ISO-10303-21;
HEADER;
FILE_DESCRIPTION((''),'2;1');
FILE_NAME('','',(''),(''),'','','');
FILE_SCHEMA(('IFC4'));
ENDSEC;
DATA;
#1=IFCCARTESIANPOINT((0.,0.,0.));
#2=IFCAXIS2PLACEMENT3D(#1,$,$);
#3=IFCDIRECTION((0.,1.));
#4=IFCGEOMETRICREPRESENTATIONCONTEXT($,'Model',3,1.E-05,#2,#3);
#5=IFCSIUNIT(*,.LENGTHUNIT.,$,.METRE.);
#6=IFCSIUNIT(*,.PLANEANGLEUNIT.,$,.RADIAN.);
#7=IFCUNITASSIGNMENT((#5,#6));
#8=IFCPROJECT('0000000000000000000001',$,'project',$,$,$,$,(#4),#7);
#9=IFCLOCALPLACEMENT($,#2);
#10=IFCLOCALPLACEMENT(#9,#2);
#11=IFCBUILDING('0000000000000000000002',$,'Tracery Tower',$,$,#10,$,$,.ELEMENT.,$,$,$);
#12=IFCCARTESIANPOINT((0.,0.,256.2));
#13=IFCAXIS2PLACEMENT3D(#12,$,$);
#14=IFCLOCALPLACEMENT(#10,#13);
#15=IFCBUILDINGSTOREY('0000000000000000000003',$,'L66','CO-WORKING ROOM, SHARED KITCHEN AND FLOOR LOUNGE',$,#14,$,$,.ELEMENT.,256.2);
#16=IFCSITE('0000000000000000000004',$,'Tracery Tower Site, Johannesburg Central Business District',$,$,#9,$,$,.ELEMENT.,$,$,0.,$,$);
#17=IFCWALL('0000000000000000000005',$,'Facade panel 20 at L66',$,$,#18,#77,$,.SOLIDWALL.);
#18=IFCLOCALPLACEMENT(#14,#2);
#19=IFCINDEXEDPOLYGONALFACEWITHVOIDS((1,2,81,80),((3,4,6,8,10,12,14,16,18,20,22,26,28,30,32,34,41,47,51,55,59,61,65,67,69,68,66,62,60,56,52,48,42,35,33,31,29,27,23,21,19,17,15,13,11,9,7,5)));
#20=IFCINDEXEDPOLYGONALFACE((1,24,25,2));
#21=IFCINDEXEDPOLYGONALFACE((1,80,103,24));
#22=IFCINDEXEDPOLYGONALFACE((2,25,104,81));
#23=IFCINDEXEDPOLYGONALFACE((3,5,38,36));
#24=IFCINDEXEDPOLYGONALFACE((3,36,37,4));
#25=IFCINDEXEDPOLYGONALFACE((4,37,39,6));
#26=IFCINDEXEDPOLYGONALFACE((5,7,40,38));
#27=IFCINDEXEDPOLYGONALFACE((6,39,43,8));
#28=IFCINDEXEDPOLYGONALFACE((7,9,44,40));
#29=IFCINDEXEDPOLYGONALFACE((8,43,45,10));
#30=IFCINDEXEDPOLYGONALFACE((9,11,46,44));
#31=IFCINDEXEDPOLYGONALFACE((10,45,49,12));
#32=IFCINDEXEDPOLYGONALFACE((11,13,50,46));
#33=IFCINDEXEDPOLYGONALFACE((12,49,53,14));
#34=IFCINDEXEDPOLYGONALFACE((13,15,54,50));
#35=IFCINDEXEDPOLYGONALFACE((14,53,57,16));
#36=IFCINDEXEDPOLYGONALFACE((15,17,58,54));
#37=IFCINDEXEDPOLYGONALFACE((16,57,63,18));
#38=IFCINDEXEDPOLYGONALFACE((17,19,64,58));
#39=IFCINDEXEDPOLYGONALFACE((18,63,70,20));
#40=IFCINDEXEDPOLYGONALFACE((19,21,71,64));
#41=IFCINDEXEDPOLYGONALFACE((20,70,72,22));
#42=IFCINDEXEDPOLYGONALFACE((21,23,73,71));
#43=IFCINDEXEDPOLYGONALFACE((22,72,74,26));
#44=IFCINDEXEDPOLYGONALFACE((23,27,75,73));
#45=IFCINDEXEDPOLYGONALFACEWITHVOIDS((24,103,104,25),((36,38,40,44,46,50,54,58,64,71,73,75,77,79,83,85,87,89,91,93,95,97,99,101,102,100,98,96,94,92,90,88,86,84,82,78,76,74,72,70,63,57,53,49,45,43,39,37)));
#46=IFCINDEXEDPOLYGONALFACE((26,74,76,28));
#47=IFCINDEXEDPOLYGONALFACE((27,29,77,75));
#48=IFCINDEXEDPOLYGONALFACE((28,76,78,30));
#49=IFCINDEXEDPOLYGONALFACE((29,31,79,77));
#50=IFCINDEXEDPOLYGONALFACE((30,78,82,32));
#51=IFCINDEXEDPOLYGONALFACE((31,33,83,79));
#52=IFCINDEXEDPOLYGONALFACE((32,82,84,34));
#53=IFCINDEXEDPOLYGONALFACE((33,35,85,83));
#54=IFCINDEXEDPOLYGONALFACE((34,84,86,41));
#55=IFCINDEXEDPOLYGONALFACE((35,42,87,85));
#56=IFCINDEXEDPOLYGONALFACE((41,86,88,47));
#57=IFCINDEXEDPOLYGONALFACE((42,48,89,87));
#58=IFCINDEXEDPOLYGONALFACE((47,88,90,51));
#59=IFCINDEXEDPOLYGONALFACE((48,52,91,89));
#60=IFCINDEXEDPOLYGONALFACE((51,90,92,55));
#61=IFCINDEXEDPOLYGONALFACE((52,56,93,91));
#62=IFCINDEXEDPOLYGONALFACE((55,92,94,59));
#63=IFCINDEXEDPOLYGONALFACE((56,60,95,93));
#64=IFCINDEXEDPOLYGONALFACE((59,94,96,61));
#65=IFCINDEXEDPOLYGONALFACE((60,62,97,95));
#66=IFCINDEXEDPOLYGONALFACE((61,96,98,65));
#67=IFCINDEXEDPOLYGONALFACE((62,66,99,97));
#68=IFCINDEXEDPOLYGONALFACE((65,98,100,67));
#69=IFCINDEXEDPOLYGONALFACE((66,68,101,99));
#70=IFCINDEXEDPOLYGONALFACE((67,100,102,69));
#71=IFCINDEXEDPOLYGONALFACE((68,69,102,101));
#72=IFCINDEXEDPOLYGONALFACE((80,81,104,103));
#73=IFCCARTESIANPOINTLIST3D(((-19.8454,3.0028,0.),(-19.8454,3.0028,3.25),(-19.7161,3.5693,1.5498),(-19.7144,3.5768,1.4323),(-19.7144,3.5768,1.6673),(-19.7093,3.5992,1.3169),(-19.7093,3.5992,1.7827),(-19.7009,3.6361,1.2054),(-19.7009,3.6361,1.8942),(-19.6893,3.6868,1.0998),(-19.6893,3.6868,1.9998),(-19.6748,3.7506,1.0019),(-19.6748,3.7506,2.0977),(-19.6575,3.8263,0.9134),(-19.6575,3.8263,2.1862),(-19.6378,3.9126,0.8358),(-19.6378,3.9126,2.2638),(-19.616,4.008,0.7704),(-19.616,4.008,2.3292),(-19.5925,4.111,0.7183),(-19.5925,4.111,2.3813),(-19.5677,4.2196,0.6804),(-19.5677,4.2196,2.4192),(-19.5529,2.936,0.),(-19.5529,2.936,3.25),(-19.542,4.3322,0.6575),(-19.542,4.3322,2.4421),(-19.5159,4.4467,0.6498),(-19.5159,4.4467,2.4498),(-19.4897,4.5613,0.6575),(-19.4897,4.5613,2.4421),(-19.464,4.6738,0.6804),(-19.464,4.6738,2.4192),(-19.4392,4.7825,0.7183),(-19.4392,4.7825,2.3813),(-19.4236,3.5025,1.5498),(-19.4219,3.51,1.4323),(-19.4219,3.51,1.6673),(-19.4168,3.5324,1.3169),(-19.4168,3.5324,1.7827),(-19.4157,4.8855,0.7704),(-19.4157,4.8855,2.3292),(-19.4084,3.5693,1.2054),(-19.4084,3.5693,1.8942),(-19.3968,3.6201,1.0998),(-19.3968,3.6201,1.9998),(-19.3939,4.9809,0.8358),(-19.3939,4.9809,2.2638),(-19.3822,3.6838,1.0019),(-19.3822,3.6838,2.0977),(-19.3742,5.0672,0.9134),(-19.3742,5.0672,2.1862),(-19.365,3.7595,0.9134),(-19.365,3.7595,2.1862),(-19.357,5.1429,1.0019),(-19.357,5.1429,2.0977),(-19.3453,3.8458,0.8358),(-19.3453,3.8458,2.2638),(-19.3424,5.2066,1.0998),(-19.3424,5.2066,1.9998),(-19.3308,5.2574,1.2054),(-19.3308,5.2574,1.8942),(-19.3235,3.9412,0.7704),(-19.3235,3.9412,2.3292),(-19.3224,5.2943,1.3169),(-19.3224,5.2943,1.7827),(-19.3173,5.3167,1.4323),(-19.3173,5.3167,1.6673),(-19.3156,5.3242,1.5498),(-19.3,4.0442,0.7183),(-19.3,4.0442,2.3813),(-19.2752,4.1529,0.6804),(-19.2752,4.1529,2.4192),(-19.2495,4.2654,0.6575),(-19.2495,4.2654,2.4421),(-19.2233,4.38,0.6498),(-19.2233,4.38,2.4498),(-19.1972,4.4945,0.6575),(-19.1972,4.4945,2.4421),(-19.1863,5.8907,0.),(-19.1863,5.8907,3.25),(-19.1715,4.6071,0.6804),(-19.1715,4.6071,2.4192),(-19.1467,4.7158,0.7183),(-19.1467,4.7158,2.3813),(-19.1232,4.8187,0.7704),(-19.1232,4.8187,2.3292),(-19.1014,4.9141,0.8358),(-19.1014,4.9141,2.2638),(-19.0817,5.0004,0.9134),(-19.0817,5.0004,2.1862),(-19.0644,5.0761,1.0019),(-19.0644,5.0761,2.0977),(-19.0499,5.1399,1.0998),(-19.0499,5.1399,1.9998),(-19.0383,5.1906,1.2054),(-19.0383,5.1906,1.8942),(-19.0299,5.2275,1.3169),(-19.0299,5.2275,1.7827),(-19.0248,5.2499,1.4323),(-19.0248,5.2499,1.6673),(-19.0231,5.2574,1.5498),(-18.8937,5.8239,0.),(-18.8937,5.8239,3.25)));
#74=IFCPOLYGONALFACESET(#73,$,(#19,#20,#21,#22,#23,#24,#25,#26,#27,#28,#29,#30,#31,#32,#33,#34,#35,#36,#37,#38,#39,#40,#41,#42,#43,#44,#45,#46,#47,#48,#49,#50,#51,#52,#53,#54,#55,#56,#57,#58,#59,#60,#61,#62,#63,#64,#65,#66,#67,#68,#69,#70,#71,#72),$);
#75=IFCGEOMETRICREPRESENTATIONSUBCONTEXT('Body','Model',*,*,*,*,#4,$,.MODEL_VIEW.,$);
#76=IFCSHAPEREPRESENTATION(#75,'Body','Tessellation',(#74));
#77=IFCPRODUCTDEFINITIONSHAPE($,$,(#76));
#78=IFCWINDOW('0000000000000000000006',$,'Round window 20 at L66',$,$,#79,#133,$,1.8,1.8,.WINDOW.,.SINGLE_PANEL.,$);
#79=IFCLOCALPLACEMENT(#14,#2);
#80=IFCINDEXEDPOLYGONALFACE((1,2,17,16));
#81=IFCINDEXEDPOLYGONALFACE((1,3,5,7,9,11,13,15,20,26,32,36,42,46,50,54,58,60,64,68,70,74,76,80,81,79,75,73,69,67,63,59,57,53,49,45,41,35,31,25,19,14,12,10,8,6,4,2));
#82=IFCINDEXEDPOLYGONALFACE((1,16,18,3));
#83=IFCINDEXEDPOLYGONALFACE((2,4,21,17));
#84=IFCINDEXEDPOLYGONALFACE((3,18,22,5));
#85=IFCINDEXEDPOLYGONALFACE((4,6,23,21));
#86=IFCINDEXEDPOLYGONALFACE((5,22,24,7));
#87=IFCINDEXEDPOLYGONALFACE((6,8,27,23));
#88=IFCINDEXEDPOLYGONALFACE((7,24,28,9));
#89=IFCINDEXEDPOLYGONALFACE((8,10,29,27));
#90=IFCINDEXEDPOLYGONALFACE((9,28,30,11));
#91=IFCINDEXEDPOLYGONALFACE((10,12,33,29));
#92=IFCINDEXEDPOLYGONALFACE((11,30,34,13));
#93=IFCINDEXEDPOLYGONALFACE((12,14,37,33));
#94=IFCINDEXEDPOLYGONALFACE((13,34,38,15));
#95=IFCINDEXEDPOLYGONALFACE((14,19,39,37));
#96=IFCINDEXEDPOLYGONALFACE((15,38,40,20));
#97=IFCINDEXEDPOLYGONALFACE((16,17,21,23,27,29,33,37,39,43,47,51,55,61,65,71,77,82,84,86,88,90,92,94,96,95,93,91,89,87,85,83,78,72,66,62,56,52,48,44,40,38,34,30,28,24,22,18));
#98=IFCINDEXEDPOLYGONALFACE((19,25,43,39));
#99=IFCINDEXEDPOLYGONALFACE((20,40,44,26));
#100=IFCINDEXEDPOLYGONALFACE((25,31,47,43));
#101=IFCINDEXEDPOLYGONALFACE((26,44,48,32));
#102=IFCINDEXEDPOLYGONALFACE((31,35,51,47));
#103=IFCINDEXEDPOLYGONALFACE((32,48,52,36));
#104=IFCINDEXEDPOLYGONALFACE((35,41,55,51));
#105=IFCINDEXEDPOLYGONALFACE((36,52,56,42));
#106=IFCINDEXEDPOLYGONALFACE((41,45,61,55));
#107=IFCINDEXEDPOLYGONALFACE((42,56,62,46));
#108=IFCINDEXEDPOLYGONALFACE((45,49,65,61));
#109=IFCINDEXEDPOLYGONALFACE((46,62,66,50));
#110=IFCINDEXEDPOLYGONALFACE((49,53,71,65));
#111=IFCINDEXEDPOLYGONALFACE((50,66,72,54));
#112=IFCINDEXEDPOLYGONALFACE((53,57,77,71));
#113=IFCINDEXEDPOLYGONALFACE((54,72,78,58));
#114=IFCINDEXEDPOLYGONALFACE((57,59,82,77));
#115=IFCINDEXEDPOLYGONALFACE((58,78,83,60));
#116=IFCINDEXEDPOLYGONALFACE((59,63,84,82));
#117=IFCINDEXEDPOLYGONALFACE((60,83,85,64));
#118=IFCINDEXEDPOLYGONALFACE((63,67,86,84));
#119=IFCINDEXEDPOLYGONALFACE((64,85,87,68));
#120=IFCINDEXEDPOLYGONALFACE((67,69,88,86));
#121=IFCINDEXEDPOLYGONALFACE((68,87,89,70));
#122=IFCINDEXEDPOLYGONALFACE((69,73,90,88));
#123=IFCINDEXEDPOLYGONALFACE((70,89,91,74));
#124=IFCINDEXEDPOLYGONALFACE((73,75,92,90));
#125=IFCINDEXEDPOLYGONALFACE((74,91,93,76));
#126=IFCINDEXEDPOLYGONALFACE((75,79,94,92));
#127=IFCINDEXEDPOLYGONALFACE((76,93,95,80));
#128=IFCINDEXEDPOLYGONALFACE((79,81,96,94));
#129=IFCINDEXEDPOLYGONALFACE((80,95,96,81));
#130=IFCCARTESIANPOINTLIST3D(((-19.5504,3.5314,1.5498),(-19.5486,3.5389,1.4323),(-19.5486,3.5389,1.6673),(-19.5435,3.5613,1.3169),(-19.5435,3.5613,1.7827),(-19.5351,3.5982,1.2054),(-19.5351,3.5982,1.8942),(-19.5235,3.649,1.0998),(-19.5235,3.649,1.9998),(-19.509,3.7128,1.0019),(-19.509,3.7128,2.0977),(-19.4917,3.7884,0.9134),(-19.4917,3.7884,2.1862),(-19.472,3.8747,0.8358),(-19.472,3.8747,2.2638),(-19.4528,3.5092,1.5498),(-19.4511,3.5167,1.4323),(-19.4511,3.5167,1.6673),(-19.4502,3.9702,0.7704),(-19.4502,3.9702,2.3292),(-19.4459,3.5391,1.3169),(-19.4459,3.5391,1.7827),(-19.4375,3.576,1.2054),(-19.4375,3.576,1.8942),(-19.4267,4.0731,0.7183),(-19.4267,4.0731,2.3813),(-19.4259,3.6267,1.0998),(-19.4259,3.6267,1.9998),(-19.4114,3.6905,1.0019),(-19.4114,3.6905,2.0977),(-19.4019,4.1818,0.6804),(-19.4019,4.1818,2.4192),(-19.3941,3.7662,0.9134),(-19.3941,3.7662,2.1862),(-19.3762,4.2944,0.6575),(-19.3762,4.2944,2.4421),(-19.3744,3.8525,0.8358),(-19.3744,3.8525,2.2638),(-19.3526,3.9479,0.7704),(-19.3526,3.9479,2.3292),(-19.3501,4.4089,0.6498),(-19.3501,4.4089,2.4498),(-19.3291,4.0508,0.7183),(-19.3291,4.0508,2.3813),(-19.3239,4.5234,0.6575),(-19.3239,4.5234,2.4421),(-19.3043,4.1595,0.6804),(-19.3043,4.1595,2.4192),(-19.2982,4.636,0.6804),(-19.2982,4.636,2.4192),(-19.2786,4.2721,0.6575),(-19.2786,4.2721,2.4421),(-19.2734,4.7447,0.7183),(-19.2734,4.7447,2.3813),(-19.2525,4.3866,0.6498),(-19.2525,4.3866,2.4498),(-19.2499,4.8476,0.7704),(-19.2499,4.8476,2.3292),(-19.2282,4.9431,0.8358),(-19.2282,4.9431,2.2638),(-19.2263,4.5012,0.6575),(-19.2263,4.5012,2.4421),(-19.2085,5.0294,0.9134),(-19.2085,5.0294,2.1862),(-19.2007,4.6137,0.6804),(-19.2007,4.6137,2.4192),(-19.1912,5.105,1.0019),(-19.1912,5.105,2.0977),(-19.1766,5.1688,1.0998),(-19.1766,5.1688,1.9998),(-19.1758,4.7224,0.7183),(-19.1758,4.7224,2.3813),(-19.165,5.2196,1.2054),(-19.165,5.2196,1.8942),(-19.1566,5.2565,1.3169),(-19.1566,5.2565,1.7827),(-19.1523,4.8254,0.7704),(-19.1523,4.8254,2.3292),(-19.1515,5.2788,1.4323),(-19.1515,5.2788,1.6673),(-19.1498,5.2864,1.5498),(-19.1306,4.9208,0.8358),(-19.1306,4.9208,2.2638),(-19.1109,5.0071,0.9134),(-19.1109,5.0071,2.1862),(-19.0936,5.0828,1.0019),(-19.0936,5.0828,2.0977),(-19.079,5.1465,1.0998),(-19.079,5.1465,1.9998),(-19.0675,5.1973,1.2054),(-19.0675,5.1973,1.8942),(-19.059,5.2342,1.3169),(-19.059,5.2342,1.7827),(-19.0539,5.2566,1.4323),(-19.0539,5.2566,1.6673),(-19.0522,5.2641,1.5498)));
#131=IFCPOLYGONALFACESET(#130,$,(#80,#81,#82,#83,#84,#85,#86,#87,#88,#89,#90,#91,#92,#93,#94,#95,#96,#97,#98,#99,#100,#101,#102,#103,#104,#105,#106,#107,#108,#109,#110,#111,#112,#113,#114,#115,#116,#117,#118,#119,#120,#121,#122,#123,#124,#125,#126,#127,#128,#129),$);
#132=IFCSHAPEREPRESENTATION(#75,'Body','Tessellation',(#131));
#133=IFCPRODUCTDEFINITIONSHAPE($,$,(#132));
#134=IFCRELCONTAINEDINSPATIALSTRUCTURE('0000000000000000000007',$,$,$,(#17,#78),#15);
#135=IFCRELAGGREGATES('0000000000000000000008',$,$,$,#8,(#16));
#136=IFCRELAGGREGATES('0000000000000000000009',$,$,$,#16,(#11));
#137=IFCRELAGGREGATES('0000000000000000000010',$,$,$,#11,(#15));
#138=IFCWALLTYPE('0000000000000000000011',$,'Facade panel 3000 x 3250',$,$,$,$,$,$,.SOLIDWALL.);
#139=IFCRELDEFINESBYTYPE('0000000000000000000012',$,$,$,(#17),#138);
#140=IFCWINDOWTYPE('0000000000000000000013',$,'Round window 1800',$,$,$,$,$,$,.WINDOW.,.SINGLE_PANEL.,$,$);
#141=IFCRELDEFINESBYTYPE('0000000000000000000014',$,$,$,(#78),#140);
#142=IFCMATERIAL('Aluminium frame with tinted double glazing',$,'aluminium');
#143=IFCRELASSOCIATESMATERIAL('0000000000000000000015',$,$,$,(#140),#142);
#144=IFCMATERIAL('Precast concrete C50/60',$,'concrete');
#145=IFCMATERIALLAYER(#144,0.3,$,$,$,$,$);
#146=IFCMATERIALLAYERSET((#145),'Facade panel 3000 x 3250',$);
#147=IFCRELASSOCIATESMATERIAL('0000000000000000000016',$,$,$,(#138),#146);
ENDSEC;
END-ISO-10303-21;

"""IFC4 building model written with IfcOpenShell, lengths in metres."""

from ifc_helpers import new_model, si_unit, direction, frame, frame_2d, origin, origin_2d, place, context, subcontext, project, spatial, rectangle, circle, extrude, material, layer, layer_set, type_object, element, fill, save


model = new_model("IFC4")

# Units and contexts
model_context = context("Model", 3, precision=1e-05, world=origin(), true_north=direction((0.0, 1.0)))
body_context = subcontext(model_context, "Body", "Model", "MODEL_VIEW")
ifc_project = project(units=[si_unit("LENGTHUNIT", "METRE"), si_unit("PLANEANGLEUNIT", "RADIAN")], contexts=[model_context])

# Site, building, storey
site_placement = place(None, origin())
site = spatial("IfcSite", under=ifc_project, at=site_placement, Name="Tracery Tower Site, Johannesburg Central Business District", CompositionType="ELEMENT", RefElevation=0.0)
building_placement = place(site_placement, origin())
building = spatial("IfcBuilding", under=site, at=building_placement, Name="Tracery Tower", CompositionType="ELEMENT")
storey_placement = place(building_placement, frame((0.0, 0.0, 256.2)))
storey = spatial("IfcBuildingStorey", under=building, at=storey_placement, Name="L66", Description="CO-WORKING ROOM, SHARED KITCHEN AND FLOOR LOUNGE", CompositionType="ELEMENT", Elevation=256.2)

# Wall, opening, window
ifc_material_1 = material(Name="Aluminium frame with tinted double glazing", Category="aluminium")
window_type = type_object("IfcWindowType", Name="Round window 1800", PartitioningType="SINGLE_PANEL", PredefinedType="WINDOW", material=ifc_material_1)
ifc_material_2 = material(Name="Precast concrete C50/60", Category="concrete")
ifc_layer_1 = layer(ifc_material_2, 0.3)
ifc_layer_set_1 = layer_set([ifc_layer_1], Name="Facade panel 3000 x 3250")
wall_type_1 = type_object("IfcWallType", Name="Facade panel 3000 x 3250", PredefinedType="SOLIDWALL", material=ifc_layer_set_1)
wall_1_placement = place(storey_placement, frame((-19.04, 5.8572, 0.0), z_axis=(0.0, 0.0, 1.0), x_axis=(-0.222529, -0.974926, 0.0)))
wall_1 = element("IfcWall", 1, at=wall_1_placement, inside=storey, type_object=wall_type_1, Name="Facade panel 20 at L66", PredefinedType="SOLIDWALL", context=body_context, shape_type="SweptSolid", body=[
    extrude(rectangle(XDim=2.9622, YDim=0.3, at=frame_2d((1.481, 0.0))), origin(), (0.0, 0.0, 1.0), 3.25),
])
opening_1_placement = place(wall_1_placement, frame((1.481, 0.0, 1.5498)))
opening_1 = element("IfcOpeningElement", 2, at=opening_1_placement, cuts=wall_1, PredefinedType="OPENING", context=body_context, shape_type="SweptSolid", body=[
    extrude(circle(Radius=0.9, at=origin_2d()), frame((0.0, 0.1599, 0.0), z_axis=(0.0, -1.0, 0.0), x_axis=(1.0, 0.0, 0.0)), (0.0, 0.0, 1.0), 0.3201),
])
window_1_placement = place(opening_1_placement, origin())
window_1 = element("IfcWindow", 3, at=window_1_placement, inside=storey, type_object=window_type, Name="Round window 20 at L66", OverallHeight=1.8, OverallWidth=1.8, PartitioningType="SINGLE_PANEL", PredefinedType="WINDOW", context=body_context, shape_type="SweptSolid", body=[
    extrude(circle(Radius=0.9, at=origin_2d()), frame((0.0, 0.1201, 0.0), z_axis=(0.0, -1.0, 0.0), x_axis=(1.0, 0.0, 0.0)), (0.0, 0.0, 1.0), 0.1001),
])
fill(opening_1, window_1)

save(model, "model.ifc")
